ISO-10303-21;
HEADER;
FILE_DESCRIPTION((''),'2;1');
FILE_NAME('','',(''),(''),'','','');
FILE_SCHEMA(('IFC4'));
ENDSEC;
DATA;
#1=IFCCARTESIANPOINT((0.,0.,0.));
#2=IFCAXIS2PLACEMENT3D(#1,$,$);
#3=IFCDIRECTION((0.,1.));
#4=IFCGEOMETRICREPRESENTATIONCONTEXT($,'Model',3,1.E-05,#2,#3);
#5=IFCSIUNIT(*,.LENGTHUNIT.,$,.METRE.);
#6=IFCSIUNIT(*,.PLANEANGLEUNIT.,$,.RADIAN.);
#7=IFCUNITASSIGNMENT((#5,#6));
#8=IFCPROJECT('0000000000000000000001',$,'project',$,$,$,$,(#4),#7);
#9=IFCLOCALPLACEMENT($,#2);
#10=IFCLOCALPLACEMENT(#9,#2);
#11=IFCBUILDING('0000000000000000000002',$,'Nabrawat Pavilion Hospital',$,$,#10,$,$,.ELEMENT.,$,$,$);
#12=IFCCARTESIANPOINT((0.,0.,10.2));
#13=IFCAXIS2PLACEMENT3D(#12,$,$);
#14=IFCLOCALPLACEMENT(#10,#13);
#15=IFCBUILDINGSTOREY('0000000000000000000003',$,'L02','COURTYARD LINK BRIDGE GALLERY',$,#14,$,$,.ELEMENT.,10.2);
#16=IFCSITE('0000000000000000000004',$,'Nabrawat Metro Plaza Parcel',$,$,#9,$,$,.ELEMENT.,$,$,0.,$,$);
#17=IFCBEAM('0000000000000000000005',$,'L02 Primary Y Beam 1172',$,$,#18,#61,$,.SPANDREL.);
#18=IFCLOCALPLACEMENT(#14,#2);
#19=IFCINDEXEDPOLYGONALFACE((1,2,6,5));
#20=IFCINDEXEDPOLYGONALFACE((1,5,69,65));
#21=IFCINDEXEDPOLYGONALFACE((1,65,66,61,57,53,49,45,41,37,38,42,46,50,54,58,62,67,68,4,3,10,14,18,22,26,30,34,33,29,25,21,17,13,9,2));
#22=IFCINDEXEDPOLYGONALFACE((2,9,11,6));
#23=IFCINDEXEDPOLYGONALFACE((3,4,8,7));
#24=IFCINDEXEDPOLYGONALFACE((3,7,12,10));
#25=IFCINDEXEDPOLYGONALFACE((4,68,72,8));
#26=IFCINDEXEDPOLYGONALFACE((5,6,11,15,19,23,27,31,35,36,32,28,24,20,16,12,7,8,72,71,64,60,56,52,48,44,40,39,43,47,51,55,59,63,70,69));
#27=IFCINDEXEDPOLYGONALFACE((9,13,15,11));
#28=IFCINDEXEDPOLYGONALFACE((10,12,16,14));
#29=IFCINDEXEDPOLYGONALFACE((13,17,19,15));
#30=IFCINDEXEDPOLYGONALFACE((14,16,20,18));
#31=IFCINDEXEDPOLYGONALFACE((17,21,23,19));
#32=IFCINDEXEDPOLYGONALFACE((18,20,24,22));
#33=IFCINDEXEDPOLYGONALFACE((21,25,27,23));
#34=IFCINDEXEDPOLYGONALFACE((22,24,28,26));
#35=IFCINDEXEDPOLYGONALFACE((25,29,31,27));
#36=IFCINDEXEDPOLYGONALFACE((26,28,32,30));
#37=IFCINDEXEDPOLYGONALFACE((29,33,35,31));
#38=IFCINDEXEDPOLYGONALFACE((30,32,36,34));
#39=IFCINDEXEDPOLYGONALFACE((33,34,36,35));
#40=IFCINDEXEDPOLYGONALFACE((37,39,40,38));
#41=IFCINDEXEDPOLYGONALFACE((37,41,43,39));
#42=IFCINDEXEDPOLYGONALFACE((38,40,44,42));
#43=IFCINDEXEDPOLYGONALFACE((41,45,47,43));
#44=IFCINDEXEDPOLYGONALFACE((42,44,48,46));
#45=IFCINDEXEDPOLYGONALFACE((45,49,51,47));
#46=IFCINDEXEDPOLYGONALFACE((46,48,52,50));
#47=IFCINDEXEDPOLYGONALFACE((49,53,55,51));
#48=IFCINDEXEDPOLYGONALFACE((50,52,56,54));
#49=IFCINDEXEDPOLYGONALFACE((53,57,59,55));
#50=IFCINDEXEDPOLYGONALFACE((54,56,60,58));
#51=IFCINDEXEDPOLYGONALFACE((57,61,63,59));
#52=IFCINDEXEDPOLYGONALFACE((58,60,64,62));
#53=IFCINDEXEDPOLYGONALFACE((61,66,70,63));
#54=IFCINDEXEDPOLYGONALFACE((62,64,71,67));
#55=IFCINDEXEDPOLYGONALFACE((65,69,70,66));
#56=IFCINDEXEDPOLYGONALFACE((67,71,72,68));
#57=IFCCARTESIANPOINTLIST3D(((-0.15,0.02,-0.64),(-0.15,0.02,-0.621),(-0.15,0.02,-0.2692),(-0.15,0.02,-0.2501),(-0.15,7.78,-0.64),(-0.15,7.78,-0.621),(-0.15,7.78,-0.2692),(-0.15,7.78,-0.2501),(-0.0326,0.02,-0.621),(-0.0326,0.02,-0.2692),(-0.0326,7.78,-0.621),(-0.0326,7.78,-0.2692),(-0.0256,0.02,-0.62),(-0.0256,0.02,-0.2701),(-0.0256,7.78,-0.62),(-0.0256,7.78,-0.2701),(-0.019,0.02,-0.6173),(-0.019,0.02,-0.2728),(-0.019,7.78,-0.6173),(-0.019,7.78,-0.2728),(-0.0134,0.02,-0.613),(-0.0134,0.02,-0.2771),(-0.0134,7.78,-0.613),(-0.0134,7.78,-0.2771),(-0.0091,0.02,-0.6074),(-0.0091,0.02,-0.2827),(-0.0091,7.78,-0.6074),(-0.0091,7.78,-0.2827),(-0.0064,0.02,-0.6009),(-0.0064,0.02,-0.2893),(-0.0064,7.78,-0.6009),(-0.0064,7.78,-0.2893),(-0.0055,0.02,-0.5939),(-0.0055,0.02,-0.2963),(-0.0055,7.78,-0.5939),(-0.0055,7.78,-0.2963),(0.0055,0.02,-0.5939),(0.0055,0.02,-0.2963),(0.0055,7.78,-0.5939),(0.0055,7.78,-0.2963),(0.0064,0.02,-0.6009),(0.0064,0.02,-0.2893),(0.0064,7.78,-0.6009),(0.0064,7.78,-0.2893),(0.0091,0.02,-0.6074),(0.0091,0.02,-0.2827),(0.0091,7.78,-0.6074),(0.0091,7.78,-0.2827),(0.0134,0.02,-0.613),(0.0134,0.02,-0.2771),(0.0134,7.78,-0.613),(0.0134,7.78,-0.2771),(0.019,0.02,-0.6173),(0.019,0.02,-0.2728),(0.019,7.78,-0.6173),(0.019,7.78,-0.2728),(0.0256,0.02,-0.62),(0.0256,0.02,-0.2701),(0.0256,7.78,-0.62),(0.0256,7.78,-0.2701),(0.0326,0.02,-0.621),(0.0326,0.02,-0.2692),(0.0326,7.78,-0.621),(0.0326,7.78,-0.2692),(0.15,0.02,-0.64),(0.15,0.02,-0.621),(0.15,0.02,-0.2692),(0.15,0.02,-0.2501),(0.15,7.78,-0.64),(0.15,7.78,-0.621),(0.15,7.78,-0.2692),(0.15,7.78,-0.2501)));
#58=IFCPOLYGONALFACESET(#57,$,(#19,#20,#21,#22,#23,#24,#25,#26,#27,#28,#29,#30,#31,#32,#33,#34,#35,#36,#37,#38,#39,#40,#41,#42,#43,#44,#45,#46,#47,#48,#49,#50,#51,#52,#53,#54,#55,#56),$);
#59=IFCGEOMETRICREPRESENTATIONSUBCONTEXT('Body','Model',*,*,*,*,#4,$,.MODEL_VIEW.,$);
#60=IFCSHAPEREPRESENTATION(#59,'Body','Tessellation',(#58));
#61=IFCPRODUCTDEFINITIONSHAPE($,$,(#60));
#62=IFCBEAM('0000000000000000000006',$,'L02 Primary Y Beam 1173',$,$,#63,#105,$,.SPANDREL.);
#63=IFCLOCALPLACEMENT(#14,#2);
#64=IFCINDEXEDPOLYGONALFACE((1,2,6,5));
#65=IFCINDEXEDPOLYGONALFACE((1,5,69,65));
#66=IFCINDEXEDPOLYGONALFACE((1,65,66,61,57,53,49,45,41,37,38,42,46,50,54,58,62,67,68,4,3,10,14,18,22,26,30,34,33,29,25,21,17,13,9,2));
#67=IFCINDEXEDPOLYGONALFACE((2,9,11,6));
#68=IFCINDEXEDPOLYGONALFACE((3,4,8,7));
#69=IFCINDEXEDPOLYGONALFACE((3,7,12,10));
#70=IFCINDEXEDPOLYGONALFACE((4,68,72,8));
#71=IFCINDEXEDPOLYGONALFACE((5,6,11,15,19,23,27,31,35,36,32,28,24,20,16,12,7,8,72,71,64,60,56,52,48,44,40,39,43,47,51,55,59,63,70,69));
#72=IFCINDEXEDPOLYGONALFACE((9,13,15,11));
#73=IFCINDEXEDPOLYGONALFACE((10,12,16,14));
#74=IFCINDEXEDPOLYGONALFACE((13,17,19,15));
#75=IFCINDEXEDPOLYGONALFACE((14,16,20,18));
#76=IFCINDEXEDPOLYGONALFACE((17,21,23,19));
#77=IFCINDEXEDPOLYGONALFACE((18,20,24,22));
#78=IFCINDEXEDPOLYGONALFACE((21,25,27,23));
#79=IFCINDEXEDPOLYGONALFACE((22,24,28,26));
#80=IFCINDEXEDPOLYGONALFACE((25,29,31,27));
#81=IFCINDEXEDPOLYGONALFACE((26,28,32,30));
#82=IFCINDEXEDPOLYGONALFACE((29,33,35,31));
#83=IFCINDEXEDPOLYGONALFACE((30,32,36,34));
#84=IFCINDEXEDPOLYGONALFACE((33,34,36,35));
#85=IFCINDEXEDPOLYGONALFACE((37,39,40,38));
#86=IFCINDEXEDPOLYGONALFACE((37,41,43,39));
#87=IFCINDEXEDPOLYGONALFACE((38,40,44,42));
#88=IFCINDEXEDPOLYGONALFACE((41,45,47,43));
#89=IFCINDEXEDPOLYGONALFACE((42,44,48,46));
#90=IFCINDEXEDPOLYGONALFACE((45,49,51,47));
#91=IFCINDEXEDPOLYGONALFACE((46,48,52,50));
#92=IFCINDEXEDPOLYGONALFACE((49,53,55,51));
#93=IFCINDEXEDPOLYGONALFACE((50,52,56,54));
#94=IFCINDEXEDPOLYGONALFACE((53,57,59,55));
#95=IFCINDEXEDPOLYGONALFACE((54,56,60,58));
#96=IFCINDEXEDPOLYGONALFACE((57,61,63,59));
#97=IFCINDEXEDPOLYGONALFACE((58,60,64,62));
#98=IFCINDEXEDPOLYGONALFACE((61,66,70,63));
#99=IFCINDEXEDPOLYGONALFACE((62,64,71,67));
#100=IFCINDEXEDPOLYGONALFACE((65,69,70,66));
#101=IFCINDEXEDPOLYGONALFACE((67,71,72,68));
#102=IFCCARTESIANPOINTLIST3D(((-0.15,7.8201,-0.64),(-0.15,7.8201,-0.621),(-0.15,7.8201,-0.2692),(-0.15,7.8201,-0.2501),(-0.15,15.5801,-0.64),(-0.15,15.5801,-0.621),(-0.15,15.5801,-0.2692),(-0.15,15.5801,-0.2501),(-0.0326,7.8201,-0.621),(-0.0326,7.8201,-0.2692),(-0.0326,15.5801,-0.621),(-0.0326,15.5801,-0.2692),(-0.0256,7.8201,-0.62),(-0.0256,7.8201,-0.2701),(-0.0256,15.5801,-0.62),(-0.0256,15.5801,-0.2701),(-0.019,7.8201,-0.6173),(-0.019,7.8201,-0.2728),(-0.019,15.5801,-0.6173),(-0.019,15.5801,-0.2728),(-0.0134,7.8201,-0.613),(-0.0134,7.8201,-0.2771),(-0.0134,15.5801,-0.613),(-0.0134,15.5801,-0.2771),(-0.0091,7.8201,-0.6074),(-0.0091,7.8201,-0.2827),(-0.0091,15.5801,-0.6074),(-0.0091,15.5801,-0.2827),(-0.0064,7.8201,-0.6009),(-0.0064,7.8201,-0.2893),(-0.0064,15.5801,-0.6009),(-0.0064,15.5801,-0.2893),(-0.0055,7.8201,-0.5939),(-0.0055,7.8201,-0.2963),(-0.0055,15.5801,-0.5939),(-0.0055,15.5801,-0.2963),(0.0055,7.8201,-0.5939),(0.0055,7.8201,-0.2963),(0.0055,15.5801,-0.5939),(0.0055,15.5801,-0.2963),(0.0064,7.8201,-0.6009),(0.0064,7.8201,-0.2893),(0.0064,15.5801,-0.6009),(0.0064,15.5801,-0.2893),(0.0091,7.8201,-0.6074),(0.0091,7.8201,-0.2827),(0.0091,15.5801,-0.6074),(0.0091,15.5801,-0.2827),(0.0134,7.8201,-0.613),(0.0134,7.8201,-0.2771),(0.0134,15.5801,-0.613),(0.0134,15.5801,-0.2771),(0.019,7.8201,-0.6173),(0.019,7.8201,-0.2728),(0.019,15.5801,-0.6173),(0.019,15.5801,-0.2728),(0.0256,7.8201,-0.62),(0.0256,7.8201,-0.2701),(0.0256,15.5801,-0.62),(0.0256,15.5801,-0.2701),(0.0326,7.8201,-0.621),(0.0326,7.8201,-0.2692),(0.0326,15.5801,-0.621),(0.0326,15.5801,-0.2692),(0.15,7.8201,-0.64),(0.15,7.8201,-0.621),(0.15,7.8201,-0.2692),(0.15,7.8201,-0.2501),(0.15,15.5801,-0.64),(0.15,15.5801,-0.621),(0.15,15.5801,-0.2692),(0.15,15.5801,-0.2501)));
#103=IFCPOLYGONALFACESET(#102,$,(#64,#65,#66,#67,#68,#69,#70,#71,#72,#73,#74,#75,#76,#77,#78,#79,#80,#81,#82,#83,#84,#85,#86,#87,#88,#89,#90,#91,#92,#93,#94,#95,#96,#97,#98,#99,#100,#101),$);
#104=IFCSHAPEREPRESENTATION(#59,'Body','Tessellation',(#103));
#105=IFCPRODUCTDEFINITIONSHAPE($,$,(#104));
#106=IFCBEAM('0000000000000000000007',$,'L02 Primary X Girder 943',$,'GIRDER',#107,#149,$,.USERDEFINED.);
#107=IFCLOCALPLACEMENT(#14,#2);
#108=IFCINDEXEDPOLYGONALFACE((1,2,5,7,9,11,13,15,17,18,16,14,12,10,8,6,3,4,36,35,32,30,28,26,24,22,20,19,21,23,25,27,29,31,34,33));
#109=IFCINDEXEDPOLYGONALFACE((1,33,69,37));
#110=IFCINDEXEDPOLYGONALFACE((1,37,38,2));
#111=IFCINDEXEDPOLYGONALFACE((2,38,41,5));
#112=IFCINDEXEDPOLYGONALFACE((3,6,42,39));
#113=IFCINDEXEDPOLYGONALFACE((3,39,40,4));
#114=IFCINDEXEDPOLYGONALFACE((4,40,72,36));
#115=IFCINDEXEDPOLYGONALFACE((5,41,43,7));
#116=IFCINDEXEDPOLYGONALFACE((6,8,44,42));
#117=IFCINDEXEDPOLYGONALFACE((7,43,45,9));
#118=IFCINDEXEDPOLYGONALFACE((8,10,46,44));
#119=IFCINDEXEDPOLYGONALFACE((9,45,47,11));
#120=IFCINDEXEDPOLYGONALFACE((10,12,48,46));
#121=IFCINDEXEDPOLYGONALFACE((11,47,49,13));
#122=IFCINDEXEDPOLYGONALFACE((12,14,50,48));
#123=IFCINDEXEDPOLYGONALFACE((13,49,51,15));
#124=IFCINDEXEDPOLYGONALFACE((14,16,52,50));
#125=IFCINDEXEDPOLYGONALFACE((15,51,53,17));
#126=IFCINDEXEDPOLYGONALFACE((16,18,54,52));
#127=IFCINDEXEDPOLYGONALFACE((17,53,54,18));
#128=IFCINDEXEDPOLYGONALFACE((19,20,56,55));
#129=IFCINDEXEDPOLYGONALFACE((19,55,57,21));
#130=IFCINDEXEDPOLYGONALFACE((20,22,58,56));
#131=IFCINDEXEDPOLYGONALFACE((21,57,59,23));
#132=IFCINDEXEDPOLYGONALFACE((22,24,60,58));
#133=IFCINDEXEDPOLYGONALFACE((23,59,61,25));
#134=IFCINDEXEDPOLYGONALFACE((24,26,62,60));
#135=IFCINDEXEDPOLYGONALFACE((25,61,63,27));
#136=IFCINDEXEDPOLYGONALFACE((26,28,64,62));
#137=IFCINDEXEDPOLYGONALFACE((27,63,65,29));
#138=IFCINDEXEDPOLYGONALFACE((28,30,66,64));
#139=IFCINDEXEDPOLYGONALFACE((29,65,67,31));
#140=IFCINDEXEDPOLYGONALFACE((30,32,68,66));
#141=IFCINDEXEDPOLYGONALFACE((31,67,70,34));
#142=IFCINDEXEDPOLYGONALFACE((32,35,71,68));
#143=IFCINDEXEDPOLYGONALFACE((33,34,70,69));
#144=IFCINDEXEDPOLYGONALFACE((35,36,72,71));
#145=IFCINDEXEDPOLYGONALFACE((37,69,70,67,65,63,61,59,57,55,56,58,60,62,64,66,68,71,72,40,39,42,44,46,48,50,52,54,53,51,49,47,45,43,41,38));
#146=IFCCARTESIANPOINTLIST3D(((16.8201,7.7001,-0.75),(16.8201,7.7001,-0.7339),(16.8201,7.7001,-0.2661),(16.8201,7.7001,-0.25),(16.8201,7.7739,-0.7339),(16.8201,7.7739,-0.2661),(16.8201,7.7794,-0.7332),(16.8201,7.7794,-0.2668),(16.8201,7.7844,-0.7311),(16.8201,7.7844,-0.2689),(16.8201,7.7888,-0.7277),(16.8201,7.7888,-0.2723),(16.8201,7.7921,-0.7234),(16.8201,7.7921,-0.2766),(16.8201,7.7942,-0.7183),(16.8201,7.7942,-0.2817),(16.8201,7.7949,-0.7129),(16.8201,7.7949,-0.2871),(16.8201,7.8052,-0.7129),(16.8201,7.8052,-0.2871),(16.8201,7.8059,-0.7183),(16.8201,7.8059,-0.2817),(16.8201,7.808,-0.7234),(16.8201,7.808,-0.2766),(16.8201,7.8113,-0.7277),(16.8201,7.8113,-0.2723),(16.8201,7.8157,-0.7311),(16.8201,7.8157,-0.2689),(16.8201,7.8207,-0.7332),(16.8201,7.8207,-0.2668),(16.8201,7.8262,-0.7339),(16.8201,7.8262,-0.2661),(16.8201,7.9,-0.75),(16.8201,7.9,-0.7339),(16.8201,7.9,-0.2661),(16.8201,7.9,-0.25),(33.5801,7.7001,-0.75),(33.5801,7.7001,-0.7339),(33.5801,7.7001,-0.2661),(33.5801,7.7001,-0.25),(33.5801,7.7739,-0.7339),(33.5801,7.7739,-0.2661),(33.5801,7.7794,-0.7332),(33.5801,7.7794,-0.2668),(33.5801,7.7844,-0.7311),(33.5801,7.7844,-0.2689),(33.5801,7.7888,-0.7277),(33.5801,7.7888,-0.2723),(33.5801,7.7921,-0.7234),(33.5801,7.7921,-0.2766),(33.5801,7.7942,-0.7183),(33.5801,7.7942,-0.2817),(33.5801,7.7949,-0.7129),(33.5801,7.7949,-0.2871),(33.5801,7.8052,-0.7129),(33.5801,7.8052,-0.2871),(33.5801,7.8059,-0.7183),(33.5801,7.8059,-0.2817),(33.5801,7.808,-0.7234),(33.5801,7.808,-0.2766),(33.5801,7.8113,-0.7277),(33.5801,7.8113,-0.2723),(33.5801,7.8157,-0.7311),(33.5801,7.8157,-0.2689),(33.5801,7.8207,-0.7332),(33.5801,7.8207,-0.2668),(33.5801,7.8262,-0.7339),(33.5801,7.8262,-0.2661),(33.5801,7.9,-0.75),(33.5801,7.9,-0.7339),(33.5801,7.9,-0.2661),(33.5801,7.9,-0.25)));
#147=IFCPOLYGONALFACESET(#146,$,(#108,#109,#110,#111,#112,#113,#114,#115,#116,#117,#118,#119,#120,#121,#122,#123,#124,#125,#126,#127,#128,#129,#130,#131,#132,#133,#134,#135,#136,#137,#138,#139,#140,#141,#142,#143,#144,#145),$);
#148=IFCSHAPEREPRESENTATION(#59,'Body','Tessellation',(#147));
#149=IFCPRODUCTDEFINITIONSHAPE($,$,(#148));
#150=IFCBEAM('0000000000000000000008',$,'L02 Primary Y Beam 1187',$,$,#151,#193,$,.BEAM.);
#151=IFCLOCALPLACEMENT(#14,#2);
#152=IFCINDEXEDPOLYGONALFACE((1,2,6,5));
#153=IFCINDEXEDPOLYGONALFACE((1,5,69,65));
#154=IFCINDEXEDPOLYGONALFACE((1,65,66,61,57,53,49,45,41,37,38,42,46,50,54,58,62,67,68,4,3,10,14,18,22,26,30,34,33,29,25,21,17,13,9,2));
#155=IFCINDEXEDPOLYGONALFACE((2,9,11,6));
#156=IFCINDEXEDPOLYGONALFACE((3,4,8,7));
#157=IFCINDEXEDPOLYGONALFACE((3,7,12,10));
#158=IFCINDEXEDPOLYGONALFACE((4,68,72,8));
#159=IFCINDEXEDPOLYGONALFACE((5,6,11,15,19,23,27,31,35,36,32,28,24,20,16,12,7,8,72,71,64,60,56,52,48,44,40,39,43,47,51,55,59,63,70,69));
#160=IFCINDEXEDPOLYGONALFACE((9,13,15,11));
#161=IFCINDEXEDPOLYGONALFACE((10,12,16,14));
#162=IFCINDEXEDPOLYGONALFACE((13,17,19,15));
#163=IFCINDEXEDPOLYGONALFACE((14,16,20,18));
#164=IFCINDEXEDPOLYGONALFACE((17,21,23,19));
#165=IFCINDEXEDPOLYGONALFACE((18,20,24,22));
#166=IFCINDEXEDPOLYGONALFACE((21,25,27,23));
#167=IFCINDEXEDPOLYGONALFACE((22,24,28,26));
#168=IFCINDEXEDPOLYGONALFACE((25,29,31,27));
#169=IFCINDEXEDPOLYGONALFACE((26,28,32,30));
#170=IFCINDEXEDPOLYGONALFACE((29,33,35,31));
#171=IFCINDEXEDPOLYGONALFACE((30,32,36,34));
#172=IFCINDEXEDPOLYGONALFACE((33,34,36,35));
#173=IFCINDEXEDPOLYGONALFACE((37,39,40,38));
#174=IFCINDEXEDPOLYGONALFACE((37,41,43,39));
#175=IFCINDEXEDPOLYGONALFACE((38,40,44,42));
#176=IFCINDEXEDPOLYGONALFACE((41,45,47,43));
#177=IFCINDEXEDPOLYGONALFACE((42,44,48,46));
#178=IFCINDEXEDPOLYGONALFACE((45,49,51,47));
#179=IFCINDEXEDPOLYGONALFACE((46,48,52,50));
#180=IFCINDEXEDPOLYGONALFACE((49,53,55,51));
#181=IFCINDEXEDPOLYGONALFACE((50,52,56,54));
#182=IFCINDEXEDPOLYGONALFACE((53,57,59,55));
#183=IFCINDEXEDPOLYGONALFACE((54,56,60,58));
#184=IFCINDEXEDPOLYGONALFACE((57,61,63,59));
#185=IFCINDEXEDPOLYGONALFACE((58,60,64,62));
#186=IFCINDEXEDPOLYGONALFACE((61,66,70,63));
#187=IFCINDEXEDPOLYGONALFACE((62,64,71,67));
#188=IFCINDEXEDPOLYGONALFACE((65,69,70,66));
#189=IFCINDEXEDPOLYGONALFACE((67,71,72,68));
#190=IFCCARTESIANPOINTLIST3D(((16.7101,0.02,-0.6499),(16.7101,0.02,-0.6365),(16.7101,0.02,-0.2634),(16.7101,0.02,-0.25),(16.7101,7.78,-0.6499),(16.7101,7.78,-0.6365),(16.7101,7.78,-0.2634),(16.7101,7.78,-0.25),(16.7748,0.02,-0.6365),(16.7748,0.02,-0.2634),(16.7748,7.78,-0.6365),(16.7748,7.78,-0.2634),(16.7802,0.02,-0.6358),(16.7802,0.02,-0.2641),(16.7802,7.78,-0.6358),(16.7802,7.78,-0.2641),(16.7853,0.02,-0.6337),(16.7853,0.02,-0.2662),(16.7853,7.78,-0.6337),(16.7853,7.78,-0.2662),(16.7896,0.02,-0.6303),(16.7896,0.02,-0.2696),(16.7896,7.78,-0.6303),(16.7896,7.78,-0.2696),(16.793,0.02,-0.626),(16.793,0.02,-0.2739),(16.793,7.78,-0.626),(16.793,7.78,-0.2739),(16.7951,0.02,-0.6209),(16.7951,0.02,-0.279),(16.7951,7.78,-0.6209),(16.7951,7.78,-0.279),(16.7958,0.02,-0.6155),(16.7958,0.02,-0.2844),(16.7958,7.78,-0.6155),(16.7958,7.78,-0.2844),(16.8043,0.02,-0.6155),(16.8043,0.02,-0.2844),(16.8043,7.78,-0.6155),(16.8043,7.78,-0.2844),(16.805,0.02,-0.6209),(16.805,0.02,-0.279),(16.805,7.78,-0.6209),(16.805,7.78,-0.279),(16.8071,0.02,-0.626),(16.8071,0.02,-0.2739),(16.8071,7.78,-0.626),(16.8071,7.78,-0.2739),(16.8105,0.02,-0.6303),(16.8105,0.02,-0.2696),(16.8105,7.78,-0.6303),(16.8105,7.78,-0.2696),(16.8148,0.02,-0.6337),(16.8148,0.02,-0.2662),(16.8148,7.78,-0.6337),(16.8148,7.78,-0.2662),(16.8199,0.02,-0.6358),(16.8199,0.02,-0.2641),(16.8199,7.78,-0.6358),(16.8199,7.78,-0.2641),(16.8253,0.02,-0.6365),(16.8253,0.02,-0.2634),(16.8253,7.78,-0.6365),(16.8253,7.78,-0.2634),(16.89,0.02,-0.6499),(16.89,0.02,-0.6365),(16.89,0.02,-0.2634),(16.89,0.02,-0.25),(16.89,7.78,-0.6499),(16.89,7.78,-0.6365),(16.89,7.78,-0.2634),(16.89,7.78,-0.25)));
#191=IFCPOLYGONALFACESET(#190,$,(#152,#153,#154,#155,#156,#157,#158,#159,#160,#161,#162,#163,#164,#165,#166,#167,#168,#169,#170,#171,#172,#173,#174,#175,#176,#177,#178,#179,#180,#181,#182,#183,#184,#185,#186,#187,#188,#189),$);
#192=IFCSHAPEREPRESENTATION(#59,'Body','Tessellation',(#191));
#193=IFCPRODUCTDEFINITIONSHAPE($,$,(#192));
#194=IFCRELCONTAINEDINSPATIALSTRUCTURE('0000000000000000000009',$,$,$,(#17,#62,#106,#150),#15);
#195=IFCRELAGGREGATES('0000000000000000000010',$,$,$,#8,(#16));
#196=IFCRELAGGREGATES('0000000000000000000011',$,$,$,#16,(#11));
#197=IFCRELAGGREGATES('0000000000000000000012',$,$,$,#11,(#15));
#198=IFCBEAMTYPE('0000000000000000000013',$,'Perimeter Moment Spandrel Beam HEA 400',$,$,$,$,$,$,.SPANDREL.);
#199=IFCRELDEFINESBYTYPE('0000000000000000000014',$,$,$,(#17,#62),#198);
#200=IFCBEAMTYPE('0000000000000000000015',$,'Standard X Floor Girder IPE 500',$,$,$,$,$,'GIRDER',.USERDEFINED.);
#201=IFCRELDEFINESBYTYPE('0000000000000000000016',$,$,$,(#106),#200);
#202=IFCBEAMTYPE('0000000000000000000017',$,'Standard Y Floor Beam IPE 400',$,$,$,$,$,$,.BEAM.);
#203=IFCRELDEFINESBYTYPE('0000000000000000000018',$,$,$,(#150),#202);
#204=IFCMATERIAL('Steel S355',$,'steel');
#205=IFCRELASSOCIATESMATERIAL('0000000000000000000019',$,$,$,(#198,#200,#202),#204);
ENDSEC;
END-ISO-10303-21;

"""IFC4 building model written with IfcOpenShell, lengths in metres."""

from ifc_helpers import new_model, si_unit, direction, frame, origin, origin_2d, place, context, subcontext, project, spatial, i_section, extrude, material, material_profile, profile_set, type_object, element, save


model = new_model("IFC4")

# Units and contexts
model_context = context("Model", 3, precision=1e-05, world=origin(), true_north=direction((0.0, 1.0)))
body_context = subcontext(model_context, "Body", "Model", "MODEL_VIEW")
ifc_project = project(units=[si_unit("LENGTHUNIT", "METRE"), si_unit("PLANEANGLEUNIT", "RADIAN")], contexts=[model_context])

# Site, building, storey
site_placement = place(None, origin())
site = spatial("IfcSite", under=ifc_project, at=site_placement, Name="Nabrawat Metro Plaza Parcel", CompositionType="ELEMENT", RefElevation=0.0)
building_placement = place(site_placement, origin())
building = spatial("IfcBuilding", under=site, at=building_placement, Name="Nabrawat Pavilion Hospital", CompositionType="ELEMENT")
storey_placement = place(building_placement, frame((0.0, 0.0, 10.2)))
storey = spatial("IfcBuildingStorey", under=building, at=storey_placement, Name="L02", Description="COURTYARD LINK BRIDGE GALLERY", CompositionType="ELEMENT", Elevation=10.2)

# Beams
ifc_material_1 = material(Name="Steel S355", Category="steel")
ifc_material_profile_1 = material_profile(ifc_material_1, i_section(OverallWidth=0.3, OverallDepth=0.3899, WebThickness=0.011, FlangeThickness=0.019, FilletRadius=0.0271, at=origin_2d()), Name="HEA 400")
ifc_profile_set_1 = profile_set([ifc_material_profile_1], Name="Steel S355")
beam_type_1 = type_object("IfcBeamType", Name="Perimeter Moment Spandrel Beam HEA 400", PredefinedType="SPANDREL", material=ifc_profile_set_1)
for number, where, z_axis, x_axis, name in (
    (1, (0.0, 0.02, -0.4451), (0.0, 1.0, 0.0), (-1.0, 0.0, 0.0), "L02 Primary Y Beam 1172"),
    (2, (0.0, 7.8201, -0.4451), (0.0, 1.0, 0.0), (-1.0, 0.0, 0.0), "L02 Primary Y Beam 1173"),
):
    element("IfcBeam", number, at=place(storey_placement, frame(where, z_axis=z_axis, x_axis=x_axis)), inside=storey, type_object=beam_type_1, Name=name, PredefinedType="SPANDREL", context=body_context, shape_type="SweptSolid", body=[
        extrude(i_section(OverallWidth=0.3, OverallDepth=0.3899, WebThickness=0.011, FlangeThickness=0.019, FilletRadius=0.0271, at=origin_2d()), origin(), (0.0, 0.0, 1.0), 7.76),
    ])
ifc_material_profile_2 = material_profile(ifc_material_1, i_section(OverallWidth=0.2, OverallDepth=0.5, WebThickness=0.0103, FlangeThickness=0.0161, FilletRadius=0.021, at=origin_2d()), Name="IPE 500")
ifc_profile_set_2 = profile_set([ifc_material_profile_2], Name="Steel S355")
beam_type_2 = type_object("IfcBeamType", Name="Standard X Floor Girder IPE 500", ElementType="GIRDER", PredefinedType="USERDEFINED", material=ifc_profile_set_2)
beam_1_placement = place(storey_placement, frame((16.8201, 7.8, -0.5), z_axis=(1.0, 0.0, 0.0), x_axis=(0.0, 1.0, 0.0)))
element("IfcBeam", 3, at=beam_1_placement, inside=storey, type_object=beam_type_2, Name="L02 Primary X Girder 943", ObjectType="GIRDER", PredefinedType="USERDEFINED", context=body_context, shape_type="SweptSolid", body=[
    extrude(i_section(OverallWidth=0.2, OverallDepth=0.5, WebThickness=0.0103, FlangeThickness=0.0161, FilletRadius=0.021, at=origin_2d()), origin(), (0.0, 0.0, 1.0), 16.76),
])
ifc_material_profile_3 = material_profile(ifc_material_1, i_section(OverallWidth=0.1799, OverallDepth=0.3999, WebThickness=0.0085, FlangeThickness=0.0134, FilletRadius=0.021, at=origin_2d()), Name="IPE 400")
ifc_profile_set_3 = profile_set([ifc_material_profile_3], Name="Steel S355")
beam_type_3 = type_object("IfcBeamType", Name="Standard Y Floor Beam IPE 400", PredefinedType="BEAM", material=ifc_profile_set_3)
for number, where, z_axis, x_axis, name in (
    (4, (16.8, 0.02, -0.45), (0.0, 1.0, 0.0), (-1.0, 0.0, 0.0), "L02 Primary Y Beam 1187"),
):
    element("IfcBeam", number, at=place(storey_placement, frame(where, z_axis=z_axis, x_axis=x_axis)), inside=storey, type_object=beam_type_3, Name=name, PredefinedType="BEAM", context=body_context, shape_type="SweptSolid", body=[
        extrude(i_section(OverallWidth=0.1799, OverallDepth=0.3999, WebThickness=0.0085, FlangeThickness=0.0134, FilletRadius=0.021, at=origin_2d()), origin(), (0.0, 0.0, 1.0), 7.76),
    ])

save(model, "model.ifc")
